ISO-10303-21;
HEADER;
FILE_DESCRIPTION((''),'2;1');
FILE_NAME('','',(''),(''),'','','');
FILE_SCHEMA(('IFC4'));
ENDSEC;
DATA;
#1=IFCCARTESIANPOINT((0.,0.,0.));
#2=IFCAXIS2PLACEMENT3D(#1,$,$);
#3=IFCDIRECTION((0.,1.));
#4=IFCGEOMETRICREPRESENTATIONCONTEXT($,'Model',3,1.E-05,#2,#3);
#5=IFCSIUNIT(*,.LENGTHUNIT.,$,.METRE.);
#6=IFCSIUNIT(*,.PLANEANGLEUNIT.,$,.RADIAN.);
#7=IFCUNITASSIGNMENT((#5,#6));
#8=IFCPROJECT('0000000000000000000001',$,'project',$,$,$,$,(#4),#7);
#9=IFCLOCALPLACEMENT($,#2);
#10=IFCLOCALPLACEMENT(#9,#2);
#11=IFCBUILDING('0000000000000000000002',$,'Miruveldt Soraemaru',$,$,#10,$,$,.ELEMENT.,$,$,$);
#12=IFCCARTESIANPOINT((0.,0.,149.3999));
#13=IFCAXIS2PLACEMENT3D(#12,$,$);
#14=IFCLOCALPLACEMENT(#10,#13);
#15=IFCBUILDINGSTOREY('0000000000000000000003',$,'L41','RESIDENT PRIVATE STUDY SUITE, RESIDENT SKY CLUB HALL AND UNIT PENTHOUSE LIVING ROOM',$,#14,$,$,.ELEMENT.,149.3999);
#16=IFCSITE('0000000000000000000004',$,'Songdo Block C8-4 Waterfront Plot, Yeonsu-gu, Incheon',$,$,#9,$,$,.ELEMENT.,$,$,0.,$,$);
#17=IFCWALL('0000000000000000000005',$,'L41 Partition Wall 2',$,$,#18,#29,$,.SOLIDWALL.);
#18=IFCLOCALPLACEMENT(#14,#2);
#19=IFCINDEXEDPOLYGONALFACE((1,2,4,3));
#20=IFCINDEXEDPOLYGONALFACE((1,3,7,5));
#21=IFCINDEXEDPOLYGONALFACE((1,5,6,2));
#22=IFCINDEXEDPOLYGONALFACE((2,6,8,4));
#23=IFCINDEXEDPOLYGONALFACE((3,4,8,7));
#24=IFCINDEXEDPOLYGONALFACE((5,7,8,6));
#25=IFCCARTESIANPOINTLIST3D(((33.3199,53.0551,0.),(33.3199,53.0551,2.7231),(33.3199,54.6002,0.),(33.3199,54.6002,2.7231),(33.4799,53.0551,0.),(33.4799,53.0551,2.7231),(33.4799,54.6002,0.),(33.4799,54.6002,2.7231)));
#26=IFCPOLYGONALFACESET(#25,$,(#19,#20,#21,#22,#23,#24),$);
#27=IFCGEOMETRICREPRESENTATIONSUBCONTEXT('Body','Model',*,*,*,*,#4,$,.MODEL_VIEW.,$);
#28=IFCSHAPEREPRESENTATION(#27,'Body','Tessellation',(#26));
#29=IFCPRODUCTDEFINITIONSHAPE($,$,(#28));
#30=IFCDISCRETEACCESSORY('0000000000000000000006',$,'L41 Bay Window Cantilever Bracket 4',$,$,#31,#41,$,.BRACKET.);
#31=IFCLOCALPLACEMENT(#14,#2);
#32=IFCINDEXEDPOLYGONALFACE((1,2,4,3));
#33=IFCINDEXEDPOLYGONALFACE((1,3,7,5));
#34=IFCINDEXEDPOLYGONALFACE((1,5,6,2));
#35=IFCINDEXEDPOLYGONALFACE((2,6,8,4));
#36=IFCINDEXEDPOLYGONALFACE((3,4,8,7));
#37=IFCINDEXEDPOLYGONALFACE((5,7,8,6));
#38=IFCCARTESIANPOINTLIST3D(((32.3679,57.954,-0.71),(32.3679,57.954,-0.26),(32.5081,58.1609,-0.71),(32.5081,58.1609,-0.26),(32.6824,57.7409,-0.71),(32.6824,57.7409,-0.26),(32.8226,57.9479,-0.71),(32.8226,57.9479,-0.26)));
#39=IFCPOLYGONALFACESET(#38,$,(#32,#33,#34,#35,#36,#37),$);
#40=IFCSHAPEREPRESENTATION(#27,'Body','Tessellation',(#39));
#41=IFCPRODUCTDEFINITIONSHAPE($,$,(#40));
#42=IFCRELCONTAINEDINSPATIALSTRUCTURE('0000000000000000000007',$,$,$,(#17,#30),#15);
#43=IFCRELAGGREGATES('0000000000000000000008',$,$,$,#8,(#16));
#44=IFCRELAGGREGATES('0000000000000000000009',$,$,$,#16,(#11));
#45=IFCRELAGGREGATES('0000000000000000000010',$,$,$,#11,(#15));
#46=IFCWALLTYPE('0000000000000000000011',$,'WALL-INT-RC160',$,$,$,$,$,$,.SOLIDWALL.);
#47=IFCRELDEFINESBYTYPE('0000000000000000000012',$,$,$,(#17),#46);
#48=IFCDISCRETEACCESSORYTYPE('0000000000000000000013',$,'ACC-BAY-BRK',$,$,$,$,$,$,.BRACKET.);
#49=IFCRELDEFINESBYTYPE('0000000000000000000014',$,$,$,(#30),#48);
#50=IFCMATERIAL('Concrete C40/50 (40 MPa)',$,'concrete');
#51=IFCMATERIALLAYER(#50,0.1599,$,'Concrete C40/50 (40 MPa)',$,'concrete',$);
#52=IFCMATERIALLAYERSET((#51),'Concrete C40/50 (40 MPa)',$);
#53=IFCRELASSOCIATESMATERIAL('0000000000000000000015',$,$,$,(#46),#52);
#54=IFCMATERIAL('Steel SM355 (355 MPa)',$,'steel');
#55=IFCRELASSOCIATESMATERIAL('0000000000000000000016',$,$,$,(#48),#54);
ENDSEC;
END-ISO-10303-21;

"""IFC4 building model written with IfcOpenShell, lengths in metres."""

from ifc_helpers import new_model, si_unit, direction, frame, frame_2d, origin, origin_2d, place, context, subcontext, project, spatial, rectangle, extrude, material, layer, layer_set, type_object, element, save


model = new_model("IFC4")

# Units and contexts
model_context = context("Model", 3, precision=1e-05, world=origin(), true_north=direction((0.0, 1.0)))
body_context = subcontext(model_context, "Body", "Model", "MODEL_VIEW")
ifc_project = project(units=[si_unit("LENGTHUNIT", "METRE"), si_unit("PLANEANGLEUNIT", "RADIAN")], contexts=[model_context])

# Site, building, storey
site_placement = place(None, origin())
site = spatial("IfcSite", under=ifc_project, at=site_placement, Name="Songdo Block C8-4 Waterfront Plot, Yeonsu-gu, Incheon", CompositionType="ELEMENT", RefElevation=0.0)
building_placement = place(site_placement, origin())
building = spatial("IfcBuilding", under=site, at=building_placement, Name="Miruveldt Soraemaru", CompositionType="ELEMENT")
storey_placement = place(building_placement, frame((0.0, 0.0, 149.3999)))
storey = spatial("IfcBuildingStorey", under=building, at=storey_placement, Name="L41", Description="RESIDENT PRIVATE STUDY SUITE, RESIDENT SKY CLUB HALL AND UNIT PENTHOUSE LIVING ROOM", CompositionType="ELEMENT", Elevation=149.3999)

# Shared definitions
ifc_material_1 = material(Name="Steel SM355 (355 MPa)", Category="steel")

# Shared definitions
ifc_material_2 = material(Name="Concrete C40/50 (40 MPa)", Category="concrete")
ifc_layer_1 = layer(ifc_material_2, 0.1599, Name="Concrete C40/50 (40 MPa)", Category="concrete")
ifc_layer_set_1 = layer_set([ifc_layer_1], Name="Concrete C40/50 (40 MPa)")
wall_type_1 = type_object("IfcWallType", Name="WALL-INT-RC160", PredefinedType="SOLIDWALL", material=ifc_layer_set_1)

# Wall
wall_1_placement = place(storey_placement, frame((33.3999, 54.6001, 0.0), z_axis=(0.0, 0.0, 1.0), x_axis=(0.0, -1.0, 0.0)))
element("IfcWall", 1, at=wall_1_placement, inside=storey, type_object=wall_type_1, Name="L41 Partition Wall 2", PredefinedType="SOLIDWALL", context=body_context, shape_type="SweptSolid", body=[
    extrude(rectangle(XDim=1.5452, YDim=0.1599, at=frame_2d((0.7725, 0.0))), origin(), (0.0, 0.0, 1.0), 2.7231),
])

# Discrete accessory
discrete_accessory_type = type_object("IfcDiscreteAccessoryType", Name="ACC-BAY-BRK", PredefinedType="BRACKET", material=ifc_material_1)
discrete_accessory_placement = place(storey_placement, frame((32.5952, 57.9509, -0.71), z_axis=(0.0, 0.0, 1.0), x_axis=(-0.827923, 0.560841, 0.0)))
element("IfcDiscreteAccessory", 2, at=discrete_accessory_placement, inside=storey, type_object=discrete_accessory_type, Name="L41 Bay Window Cantilever Bracket 4", PredefinedType="BRACKET", context=body_context, shape_type="SweptSolid", body=[
    extrude(rectangle(XDim=0.3799, YDim=0.25, at=origin_2d()), origin(), (0.0, 0.0, 1.0), 0.45),
])

save(model, "model.ifc")
